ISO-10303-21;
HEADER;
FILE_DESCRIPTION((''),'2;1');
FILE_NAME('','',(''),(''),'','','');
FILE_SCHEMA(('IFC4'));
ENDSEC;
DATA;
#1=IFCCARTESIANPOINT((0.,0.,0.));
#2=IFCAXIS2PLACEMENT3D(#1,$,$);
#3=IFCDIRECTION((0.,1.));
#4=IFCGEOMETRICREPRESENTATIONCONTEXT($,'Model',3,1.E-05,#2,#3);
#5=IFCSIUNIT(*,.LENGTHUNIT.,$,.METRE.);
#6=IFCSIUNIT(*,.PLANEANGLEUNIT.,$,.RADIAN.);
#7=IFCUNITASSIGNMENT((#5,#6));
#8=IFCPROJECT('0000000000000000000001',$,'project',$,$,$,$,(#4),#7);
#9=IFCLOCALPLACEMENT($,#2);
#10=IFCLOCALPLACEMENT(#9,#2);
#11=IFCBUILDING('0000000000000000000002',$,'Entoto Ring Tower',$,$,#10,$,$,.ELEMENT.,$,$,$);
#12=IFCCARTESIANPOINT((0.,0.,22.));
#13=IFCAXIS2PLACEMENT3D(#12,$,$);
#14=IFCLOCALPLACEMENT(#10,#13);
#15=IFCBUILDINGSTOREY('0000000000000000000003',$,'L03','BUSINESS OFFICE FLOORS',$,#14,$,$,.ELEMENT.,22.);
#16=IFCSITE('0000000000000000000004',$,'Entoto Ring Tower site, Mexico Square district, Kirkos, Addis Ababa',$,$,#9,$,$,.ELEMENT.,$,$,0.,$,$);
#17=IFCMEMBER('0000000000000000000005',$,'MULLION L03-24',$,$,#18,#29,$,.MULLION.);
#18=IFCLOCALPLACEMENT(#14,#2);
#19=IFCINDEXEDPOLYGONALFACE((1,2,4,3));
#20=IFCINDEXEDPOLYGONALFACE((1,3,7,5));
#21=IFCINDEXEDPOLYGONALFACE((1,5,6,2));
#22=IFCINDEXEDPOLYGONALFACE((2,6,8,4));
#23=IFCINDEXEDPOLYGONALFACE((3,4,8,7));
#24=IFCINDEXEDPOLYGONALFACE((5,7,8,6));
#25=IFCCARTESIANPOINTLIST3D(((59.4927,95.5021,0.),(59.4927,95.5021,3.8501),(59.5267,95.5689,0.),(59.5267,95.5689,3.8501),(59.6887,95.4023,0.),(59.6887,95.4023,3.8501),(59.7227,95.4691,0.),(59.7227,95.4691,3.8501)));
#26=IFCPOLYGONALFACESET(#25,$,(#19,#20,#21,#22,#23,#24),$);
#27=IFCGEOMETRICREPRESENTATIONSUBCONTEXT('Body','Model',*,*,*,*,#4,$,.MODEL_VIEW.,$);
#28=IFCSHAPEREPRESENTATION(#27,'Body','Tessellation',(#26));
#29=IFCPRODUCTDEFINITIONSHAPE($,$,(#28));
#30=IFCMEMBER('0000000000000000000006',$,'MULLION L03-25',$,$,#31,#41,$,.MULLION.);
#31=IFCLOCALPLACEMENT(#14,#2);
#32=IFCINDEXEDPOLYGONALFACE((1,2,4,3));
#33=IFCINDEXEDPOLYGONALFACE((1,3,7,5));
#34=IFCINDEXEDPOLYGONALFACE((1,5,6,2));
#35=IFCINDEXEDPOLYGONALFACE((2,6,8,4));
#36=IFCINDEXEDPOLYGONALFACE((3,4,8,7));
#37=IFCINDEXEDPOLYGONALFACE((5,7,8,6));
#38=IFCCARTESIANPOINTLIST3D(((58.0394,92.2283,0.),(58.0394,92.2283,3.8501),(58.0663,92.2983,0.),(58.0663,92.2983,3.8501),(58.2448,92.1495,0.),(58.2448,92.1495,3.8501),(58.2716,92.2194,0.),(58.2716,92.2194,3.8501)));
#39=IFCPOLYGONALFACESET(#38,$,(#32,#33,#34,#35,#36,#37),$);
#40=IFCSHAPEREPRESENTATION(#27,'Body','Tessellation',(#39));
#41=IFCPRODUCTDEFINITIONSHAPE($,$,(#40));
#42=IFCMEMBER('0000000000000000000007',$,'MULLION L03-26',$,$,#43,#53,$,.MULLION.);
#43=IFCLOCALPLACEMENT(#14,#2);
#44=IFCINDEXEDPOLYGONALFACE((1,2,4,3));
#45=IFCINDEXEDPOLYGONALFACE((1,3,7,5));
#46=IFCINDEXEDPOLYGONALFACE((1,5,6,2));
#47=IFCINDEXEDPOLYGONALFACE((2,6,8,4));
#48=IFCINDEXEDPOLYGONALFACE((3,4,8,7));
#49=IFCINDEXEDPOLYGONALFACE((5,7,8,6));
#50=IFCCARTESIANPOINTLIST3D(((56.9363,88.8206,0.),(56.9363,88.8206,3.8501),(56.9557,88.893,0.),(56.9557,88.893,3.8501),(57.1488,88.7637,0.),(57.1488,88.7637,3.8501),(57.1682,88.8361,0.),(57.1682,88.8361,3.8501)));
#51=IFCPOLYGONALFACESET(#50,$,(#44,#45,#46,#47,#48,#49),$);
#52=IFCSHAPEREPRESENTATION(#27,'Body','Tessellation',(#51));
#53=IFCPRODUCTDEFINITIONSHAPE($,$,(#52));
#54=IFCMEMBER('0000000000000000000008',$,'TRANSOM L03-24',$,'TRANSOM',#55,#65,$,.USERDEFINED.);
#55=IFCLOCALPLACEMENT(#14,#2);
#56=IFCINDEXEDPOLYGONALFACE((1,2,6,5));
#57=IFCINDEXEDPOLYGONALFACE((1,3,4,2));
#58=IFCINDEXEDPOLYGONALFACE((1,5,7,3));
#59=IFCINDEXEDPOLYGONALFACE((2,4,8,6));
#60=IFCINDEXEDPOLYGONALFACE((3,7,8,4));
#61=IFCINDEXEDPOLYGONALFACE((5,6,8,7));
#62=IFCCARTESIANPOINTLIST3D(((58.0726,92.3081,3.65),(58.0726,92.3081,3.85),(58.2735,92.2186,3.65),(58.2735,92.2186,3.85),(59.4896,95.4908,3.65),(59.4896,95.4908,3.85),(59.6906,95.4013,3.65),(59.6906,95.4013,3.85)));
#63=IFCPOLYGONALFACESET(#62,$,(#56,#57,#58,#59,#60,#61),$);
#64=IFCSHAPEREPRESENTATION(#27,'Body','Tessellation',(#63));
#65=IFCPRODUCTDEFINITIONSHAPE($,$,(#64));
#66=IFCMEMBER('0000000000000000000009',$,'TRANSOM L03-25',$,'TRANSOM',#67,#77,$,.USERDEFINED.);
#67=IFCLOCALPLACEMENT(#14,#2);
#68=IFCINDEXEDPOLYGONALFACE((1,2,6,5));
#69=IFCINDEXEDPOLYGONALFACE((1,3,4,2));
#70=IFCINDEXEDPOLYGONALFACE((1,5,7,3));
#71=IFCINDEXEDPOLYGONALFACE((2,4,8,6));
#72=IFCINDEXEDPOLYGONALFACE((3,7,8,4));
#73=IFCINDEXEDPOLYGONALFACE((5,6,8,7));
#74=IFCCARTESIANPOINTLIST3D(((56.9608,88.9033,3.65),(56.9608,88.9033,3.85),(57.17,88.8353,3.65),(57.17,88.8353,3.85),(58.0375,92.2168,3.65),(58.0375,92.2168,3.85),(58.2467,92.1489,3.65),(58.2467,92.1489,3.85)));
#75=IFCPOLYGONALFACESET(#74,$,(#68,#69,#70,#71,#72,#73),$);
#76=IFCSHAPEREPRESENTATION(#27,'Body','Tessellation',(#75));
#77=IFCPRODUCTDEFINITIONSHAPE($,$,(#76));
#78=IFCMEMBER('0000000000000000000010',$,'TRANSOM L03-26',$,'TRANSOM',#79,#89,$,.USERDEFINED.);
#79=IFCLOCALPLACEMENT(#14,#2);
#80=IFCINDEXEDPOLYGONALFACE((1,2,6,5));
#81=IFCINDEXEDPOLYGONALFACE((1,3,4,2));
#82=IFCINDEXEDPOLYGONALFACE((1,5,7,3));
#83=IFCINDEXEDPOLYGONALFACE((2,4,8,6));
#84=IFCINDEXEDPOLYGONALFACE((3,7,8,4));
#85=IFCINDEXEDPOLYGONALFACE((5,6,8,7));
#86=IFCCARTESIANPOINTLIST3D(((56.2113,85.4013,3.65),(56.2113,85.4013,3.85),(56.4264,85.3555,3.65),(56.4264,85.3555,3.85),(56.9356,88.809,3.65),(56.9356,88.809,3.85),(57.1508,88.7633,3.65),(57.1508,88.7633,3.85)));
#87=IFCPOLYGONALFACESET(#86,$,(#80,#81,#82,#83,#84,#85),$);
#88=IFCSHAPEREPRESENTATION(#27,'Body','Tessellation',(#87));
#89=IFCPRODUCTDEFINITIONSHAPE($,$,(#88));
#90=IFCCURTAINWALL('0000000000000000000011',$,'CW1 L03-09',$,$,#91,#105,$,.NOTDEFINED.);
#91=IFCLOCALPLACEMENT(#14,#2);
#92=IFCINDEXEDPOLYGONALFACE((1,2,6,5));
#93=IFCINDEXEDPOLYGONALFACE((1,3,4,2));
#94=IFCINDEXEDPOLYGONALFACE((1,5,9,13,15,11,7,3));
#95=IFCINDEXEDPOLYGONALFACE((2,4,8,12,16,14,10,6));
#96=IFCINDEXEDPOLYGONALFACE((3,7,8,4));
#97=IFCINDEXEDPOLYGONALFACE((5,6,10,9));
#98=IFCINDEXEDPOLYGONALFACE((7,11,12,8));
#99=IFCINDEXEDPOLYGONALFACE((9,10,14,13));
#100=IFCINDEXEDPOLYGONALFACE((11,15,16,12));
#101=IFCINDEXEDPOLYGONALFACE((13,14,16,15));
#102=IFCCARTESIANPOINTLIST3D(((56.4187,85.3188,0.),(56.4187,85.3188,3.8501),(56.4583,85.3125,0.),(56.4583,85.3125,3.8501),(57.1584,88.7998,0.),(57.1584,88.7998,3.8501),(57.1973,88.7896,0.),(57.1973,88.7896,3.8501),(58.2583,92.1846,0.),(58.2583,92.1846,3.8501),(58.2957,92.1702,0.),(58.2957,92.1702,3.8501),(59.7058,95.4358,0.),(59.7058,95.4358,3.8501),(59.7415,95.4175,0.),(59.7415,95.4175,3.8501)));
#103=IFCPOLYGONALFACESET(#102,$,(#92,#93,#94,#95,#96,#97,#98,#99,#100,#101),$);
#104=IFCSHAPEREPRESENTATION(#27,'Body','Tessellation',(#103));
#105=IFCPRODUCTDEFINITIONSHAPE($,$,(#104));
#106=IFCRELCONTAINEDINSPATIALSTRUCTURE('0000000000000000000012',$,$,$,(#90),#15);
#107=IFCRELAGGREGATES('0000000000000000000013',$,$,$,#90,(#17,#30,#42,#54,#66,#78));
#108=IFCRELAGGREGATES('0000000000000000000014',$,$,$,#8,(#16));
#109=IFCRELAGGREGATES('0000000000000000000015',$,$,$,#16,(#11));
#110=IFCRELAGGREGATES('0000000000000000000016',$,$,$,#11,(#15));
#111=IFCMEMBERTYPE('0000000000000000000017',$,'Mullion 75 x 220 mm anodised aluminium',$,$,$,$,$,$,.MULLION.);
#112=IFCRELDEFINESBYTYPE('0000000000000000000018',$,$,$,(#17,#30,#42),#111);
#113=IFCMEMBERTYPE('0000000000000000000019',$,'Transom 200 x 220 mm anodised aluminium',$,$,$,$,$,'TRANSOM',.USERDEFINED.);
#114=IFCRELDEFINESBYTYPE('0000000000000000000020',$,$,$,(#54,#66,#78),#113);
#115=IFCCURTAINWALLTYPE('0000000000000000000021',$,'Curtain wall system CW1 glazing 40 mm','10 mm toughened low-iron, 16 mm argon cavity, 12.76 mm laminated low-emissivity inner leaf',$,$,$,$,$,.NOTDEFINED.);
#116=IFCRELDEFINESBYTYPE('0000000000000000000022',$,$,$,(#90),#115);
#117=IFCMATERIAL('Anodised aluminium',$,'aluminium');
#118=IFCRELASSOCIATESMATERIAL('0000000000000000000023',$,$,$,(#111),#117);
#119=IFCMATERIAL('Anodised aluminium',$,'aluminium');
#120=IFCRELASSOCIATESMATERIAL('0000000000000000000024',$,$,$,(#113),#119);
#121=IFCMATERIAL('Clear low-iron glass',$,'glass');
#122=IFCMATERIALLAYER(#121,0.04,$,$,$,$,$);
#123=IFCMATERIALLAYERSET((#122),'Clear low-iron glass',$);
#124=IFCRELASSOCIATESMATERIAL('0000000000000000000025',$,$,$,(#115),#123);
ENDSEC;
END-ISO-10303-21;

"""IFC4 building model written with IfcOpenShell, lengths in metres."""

from ifc_helpers import new_model, si_unit, direction, frame, origin, origin_2d, place, context, subcontext, project, spatial, polyline, rectangle, outline, extrude, material, layer, layer_set, material_profile, profile_set, type_object, element, aggregate, save


model = new_model("IFC4")

# Units and contexts
model_context = context("Model", 3, precision=1e-05, world=origin(), true_north=direction((0.0, 1.0)))
body_context = subcontext(model_context, "Body", "Model", "MODEL_VIEW")
ifc_project = project(units=[si_unit("LENGTHUNIT", "METRE"), si_unit("PLANEANGLEUNIT", "RADIAN")], contexts=[model_context])

# Members
ifc_material_1 = material(Name="Anodised aluminium", Category="aluminium")
ifc_material_profile_1 = material_profile(ifc_material_1, rectangle(XDim=0.075, YDim=0.22, at=origin_2d()), Name="Mullion 75 x 220 mm anodised aluminium")
ifc_profile_set_1 = profile_set([ifc_material_profile_1], Name="Anodised aluminium")
member_type_1 = type_object("IfcMemberType", Name="Mullion 75 x 220 mm anodised aluminium", PredefinedType="MULLION", material=ifc_profile_set_1)
site_placement = place(None, origin())
building_placement = place(site_placement, origin())
storey_placement = place(building_placement, frame((0.0, 0.0, 22.0)))
member_1_placement = place(storey_placement, frame((59.6077, 95.4856, 0.0), z_axis=(0.0, 0.0, 1.0), x_axis=(-0.45399, -0.891007, 0.0)))
member_1 = element("IfcMember", 1, at=member_1_placement, type_object=member_type_1, Name="MULLION L03-24", PredefinedType="MULLION", context=body_context, shape_type="SweptSolid", body=[
    extrude(rectangle(XDim=0.075, YDim=0.22, at=origin_2d()), origin(), (0.0, 0.0, 1.0), 3.8501),
])
member_2_placement = place(storey_placement, frame((58.1555, 92.2239, 0.0), z_axis=(0.0, 0.0, 1.0), x_axis=(-0.358368, -0.93358, 0.0)))
member_2 = element("IfcMember", 2, at=member_2_placement, type_object=member_type_1, Name="MULLION L03-25", PredefinedType="MULLION", context=body_context, shape_type="SweptSolid", body=[
    extrude(rectangle(XDim=0.075, YDim=0.22, at=origin_2d()), origin(), (0.0, 0.0, 1.0), 3.8501),
])
member_3_placement = place(storey_placement, frame((57.0522, 88.8284, 0.0), z_axis=(0.0, 0.0, 1.0), x_axis=(-0.258819, -0.965926, 0.0)))
member_3 = element("IfcMember", 3, at=member_3_placement, type_object=member_type_1, Name="MULLION L03-26", PredefinedType="MULLION", context=body_context, shape_type="SweptSolid", body=[
    extrude(rectangle(XDim=0.075, YDim=0.22, at=origin_2d()), origin(), (0.0, 0.0, 1.0), 3.8501),
])
ifc_material_2 = material(Name="Anodised aluminium", Category="aluminium")
ifc_material_profile_2 = material_profile(ifc_material_2, rectangle(XDim=0.22, YDim=0.2, at=origin_2d()), Name="Transom 200 x 220 mm anodised aluminium")
ifc_profile_set_2 = profile_set([ifc_material_profile_2], Name="Anodised aluminium")
member_type_2 = type_object("IfcMemberType", Name="Transom 200 x 220 mm anodised aluminium", ElementType="TRANSOM", PredefinedType="USERDEFINED", material=ifc_profile_set_2)
member_4_placement = place(storey_placement, frame((59.5901, 95.446, 3.75), z_axis=(-0.406737, -0.913545, 0.0), x_axis=(0.913545, -0.406737, 0.0)))
member_4 = element("IfcMember", 4, at=member_4_placement, type_object=member_type_2, Name="TRANSOM L03-24", ObjectType="TRANSOM", PredefinedType="USERDEFINED", context=body_context, shape_type="SweptSolid", body=[
    extrude(rectangle(XDim=0.22, YDim=0.2, at=origin_2d()), origin(), (0.0, 0.0, 1.0), 3.4839),
])
member_5_placement = place(storey_placement, frame((58.1421, 92.1829, 3.75), z_axis=(-0.309029, -0.951053, 0.0), x_axis=(0.951053, -0.309029, 0.0)))
member_5 = element("IfcMember", 5, at=member_5_placement, type_object=member_type_2, Name="TRANSOM L03-25", ObjectType="TRANSOM", PredefinedType="USERDEFINED", context=body_context, shape_type="SweptSolid", body=[
    extrude(rectangle(XDim=0.22, YDim=0.2, at=origin_2d()), origin(), (0.0, 0.0, 1.0), 3.4841),
])
member_6_placement = place(storey_placement, frame((57.0432, 88.7861, 3.75), z_axis=(-0.207921, -0.978146, 0.0), x_axis=(0.978146, -0.207921, 0.0)))
member_6 = element("IfcMember", 6, at=member_6_placement, type_object=member_type_2, Name="TRANSOM L03-26", ObjectType="TRANSOM", PredefinedType="USERDEFINED", context=body_context, shape_type="SweptSolid", body=[
    extrude(rectangle(XDim=0.22, YDim=0.2, at=origin_2d()), origin(), (0.0, 0.0, 1.0), 3.4839),
])

# Site, building, storey
site = spatial("IfcSite", under=ifc_project, at=site_placement, Name="Entoto Ring Tower site, Mexico Square district, Kirkos, Addis Ababa", CompositionType="ELEMENT", RefElevation=0.0)
building = spatial("IfcBuilding", under=site, at=building_placement, Name="Entoto Ring Tower", CompositionType="ELEMENT")
storey = spatial("IfcBuildingStorey", under=building, at=storey_placement, Name="L03", Description="BUSINESS OFFICE FLOORS", CompositionType="ELEMENT", Elevation=22.0)

# Curtain wall
ifc_material_3 = material(Name="Clear low-iron glass", Category="glass")
ifc_layer = layer(ifc_material_3, 0.04)
ifc_layer_set = layer_set([ifc_layer], Name="Clear low-iron glass")
curtain_wall_type = type_object("IfcCurtainWallType", Name="Curtain wall system CW1 glazing 40 mm", Description="10 mm toughened low-iron, 16 mm argon cavity, 12.76 mm laminated low-emissivity inner leaf", PredefinedType="NOTDEFINED", material=ifc_layer_set)
curtain_wall_1_placement = place(storey_placement, origin())
curtain_wall_1 = element("IfcCurtainWall", 7, at=curtain_wall_1_placement, inside=storey, type_object=curtain_wall_type, Name="CW1 L03-09", PredefinedType="NOTDEFINED", context=body_context, shape_type="SweptSolid", body=[
    extrude(outline(polyline([(59.7058, 95.4358), (58.2583, 92.1846), (57.1584, 88.7998), (56.4187, 85.3188), (56.4583, 85.3125), (57.1973, 88.7896), (58.2957, 92.1702), (59.7415, 95.4175), (59.7058, 95.4358)])), origin(), (0.0, 0.0, 1.0), 3.8501),
])
aggregate(curtain_wall_1, [member_1, member_2, member_3, member_4, member_5, member_6])

save(model, "model.ifc")
